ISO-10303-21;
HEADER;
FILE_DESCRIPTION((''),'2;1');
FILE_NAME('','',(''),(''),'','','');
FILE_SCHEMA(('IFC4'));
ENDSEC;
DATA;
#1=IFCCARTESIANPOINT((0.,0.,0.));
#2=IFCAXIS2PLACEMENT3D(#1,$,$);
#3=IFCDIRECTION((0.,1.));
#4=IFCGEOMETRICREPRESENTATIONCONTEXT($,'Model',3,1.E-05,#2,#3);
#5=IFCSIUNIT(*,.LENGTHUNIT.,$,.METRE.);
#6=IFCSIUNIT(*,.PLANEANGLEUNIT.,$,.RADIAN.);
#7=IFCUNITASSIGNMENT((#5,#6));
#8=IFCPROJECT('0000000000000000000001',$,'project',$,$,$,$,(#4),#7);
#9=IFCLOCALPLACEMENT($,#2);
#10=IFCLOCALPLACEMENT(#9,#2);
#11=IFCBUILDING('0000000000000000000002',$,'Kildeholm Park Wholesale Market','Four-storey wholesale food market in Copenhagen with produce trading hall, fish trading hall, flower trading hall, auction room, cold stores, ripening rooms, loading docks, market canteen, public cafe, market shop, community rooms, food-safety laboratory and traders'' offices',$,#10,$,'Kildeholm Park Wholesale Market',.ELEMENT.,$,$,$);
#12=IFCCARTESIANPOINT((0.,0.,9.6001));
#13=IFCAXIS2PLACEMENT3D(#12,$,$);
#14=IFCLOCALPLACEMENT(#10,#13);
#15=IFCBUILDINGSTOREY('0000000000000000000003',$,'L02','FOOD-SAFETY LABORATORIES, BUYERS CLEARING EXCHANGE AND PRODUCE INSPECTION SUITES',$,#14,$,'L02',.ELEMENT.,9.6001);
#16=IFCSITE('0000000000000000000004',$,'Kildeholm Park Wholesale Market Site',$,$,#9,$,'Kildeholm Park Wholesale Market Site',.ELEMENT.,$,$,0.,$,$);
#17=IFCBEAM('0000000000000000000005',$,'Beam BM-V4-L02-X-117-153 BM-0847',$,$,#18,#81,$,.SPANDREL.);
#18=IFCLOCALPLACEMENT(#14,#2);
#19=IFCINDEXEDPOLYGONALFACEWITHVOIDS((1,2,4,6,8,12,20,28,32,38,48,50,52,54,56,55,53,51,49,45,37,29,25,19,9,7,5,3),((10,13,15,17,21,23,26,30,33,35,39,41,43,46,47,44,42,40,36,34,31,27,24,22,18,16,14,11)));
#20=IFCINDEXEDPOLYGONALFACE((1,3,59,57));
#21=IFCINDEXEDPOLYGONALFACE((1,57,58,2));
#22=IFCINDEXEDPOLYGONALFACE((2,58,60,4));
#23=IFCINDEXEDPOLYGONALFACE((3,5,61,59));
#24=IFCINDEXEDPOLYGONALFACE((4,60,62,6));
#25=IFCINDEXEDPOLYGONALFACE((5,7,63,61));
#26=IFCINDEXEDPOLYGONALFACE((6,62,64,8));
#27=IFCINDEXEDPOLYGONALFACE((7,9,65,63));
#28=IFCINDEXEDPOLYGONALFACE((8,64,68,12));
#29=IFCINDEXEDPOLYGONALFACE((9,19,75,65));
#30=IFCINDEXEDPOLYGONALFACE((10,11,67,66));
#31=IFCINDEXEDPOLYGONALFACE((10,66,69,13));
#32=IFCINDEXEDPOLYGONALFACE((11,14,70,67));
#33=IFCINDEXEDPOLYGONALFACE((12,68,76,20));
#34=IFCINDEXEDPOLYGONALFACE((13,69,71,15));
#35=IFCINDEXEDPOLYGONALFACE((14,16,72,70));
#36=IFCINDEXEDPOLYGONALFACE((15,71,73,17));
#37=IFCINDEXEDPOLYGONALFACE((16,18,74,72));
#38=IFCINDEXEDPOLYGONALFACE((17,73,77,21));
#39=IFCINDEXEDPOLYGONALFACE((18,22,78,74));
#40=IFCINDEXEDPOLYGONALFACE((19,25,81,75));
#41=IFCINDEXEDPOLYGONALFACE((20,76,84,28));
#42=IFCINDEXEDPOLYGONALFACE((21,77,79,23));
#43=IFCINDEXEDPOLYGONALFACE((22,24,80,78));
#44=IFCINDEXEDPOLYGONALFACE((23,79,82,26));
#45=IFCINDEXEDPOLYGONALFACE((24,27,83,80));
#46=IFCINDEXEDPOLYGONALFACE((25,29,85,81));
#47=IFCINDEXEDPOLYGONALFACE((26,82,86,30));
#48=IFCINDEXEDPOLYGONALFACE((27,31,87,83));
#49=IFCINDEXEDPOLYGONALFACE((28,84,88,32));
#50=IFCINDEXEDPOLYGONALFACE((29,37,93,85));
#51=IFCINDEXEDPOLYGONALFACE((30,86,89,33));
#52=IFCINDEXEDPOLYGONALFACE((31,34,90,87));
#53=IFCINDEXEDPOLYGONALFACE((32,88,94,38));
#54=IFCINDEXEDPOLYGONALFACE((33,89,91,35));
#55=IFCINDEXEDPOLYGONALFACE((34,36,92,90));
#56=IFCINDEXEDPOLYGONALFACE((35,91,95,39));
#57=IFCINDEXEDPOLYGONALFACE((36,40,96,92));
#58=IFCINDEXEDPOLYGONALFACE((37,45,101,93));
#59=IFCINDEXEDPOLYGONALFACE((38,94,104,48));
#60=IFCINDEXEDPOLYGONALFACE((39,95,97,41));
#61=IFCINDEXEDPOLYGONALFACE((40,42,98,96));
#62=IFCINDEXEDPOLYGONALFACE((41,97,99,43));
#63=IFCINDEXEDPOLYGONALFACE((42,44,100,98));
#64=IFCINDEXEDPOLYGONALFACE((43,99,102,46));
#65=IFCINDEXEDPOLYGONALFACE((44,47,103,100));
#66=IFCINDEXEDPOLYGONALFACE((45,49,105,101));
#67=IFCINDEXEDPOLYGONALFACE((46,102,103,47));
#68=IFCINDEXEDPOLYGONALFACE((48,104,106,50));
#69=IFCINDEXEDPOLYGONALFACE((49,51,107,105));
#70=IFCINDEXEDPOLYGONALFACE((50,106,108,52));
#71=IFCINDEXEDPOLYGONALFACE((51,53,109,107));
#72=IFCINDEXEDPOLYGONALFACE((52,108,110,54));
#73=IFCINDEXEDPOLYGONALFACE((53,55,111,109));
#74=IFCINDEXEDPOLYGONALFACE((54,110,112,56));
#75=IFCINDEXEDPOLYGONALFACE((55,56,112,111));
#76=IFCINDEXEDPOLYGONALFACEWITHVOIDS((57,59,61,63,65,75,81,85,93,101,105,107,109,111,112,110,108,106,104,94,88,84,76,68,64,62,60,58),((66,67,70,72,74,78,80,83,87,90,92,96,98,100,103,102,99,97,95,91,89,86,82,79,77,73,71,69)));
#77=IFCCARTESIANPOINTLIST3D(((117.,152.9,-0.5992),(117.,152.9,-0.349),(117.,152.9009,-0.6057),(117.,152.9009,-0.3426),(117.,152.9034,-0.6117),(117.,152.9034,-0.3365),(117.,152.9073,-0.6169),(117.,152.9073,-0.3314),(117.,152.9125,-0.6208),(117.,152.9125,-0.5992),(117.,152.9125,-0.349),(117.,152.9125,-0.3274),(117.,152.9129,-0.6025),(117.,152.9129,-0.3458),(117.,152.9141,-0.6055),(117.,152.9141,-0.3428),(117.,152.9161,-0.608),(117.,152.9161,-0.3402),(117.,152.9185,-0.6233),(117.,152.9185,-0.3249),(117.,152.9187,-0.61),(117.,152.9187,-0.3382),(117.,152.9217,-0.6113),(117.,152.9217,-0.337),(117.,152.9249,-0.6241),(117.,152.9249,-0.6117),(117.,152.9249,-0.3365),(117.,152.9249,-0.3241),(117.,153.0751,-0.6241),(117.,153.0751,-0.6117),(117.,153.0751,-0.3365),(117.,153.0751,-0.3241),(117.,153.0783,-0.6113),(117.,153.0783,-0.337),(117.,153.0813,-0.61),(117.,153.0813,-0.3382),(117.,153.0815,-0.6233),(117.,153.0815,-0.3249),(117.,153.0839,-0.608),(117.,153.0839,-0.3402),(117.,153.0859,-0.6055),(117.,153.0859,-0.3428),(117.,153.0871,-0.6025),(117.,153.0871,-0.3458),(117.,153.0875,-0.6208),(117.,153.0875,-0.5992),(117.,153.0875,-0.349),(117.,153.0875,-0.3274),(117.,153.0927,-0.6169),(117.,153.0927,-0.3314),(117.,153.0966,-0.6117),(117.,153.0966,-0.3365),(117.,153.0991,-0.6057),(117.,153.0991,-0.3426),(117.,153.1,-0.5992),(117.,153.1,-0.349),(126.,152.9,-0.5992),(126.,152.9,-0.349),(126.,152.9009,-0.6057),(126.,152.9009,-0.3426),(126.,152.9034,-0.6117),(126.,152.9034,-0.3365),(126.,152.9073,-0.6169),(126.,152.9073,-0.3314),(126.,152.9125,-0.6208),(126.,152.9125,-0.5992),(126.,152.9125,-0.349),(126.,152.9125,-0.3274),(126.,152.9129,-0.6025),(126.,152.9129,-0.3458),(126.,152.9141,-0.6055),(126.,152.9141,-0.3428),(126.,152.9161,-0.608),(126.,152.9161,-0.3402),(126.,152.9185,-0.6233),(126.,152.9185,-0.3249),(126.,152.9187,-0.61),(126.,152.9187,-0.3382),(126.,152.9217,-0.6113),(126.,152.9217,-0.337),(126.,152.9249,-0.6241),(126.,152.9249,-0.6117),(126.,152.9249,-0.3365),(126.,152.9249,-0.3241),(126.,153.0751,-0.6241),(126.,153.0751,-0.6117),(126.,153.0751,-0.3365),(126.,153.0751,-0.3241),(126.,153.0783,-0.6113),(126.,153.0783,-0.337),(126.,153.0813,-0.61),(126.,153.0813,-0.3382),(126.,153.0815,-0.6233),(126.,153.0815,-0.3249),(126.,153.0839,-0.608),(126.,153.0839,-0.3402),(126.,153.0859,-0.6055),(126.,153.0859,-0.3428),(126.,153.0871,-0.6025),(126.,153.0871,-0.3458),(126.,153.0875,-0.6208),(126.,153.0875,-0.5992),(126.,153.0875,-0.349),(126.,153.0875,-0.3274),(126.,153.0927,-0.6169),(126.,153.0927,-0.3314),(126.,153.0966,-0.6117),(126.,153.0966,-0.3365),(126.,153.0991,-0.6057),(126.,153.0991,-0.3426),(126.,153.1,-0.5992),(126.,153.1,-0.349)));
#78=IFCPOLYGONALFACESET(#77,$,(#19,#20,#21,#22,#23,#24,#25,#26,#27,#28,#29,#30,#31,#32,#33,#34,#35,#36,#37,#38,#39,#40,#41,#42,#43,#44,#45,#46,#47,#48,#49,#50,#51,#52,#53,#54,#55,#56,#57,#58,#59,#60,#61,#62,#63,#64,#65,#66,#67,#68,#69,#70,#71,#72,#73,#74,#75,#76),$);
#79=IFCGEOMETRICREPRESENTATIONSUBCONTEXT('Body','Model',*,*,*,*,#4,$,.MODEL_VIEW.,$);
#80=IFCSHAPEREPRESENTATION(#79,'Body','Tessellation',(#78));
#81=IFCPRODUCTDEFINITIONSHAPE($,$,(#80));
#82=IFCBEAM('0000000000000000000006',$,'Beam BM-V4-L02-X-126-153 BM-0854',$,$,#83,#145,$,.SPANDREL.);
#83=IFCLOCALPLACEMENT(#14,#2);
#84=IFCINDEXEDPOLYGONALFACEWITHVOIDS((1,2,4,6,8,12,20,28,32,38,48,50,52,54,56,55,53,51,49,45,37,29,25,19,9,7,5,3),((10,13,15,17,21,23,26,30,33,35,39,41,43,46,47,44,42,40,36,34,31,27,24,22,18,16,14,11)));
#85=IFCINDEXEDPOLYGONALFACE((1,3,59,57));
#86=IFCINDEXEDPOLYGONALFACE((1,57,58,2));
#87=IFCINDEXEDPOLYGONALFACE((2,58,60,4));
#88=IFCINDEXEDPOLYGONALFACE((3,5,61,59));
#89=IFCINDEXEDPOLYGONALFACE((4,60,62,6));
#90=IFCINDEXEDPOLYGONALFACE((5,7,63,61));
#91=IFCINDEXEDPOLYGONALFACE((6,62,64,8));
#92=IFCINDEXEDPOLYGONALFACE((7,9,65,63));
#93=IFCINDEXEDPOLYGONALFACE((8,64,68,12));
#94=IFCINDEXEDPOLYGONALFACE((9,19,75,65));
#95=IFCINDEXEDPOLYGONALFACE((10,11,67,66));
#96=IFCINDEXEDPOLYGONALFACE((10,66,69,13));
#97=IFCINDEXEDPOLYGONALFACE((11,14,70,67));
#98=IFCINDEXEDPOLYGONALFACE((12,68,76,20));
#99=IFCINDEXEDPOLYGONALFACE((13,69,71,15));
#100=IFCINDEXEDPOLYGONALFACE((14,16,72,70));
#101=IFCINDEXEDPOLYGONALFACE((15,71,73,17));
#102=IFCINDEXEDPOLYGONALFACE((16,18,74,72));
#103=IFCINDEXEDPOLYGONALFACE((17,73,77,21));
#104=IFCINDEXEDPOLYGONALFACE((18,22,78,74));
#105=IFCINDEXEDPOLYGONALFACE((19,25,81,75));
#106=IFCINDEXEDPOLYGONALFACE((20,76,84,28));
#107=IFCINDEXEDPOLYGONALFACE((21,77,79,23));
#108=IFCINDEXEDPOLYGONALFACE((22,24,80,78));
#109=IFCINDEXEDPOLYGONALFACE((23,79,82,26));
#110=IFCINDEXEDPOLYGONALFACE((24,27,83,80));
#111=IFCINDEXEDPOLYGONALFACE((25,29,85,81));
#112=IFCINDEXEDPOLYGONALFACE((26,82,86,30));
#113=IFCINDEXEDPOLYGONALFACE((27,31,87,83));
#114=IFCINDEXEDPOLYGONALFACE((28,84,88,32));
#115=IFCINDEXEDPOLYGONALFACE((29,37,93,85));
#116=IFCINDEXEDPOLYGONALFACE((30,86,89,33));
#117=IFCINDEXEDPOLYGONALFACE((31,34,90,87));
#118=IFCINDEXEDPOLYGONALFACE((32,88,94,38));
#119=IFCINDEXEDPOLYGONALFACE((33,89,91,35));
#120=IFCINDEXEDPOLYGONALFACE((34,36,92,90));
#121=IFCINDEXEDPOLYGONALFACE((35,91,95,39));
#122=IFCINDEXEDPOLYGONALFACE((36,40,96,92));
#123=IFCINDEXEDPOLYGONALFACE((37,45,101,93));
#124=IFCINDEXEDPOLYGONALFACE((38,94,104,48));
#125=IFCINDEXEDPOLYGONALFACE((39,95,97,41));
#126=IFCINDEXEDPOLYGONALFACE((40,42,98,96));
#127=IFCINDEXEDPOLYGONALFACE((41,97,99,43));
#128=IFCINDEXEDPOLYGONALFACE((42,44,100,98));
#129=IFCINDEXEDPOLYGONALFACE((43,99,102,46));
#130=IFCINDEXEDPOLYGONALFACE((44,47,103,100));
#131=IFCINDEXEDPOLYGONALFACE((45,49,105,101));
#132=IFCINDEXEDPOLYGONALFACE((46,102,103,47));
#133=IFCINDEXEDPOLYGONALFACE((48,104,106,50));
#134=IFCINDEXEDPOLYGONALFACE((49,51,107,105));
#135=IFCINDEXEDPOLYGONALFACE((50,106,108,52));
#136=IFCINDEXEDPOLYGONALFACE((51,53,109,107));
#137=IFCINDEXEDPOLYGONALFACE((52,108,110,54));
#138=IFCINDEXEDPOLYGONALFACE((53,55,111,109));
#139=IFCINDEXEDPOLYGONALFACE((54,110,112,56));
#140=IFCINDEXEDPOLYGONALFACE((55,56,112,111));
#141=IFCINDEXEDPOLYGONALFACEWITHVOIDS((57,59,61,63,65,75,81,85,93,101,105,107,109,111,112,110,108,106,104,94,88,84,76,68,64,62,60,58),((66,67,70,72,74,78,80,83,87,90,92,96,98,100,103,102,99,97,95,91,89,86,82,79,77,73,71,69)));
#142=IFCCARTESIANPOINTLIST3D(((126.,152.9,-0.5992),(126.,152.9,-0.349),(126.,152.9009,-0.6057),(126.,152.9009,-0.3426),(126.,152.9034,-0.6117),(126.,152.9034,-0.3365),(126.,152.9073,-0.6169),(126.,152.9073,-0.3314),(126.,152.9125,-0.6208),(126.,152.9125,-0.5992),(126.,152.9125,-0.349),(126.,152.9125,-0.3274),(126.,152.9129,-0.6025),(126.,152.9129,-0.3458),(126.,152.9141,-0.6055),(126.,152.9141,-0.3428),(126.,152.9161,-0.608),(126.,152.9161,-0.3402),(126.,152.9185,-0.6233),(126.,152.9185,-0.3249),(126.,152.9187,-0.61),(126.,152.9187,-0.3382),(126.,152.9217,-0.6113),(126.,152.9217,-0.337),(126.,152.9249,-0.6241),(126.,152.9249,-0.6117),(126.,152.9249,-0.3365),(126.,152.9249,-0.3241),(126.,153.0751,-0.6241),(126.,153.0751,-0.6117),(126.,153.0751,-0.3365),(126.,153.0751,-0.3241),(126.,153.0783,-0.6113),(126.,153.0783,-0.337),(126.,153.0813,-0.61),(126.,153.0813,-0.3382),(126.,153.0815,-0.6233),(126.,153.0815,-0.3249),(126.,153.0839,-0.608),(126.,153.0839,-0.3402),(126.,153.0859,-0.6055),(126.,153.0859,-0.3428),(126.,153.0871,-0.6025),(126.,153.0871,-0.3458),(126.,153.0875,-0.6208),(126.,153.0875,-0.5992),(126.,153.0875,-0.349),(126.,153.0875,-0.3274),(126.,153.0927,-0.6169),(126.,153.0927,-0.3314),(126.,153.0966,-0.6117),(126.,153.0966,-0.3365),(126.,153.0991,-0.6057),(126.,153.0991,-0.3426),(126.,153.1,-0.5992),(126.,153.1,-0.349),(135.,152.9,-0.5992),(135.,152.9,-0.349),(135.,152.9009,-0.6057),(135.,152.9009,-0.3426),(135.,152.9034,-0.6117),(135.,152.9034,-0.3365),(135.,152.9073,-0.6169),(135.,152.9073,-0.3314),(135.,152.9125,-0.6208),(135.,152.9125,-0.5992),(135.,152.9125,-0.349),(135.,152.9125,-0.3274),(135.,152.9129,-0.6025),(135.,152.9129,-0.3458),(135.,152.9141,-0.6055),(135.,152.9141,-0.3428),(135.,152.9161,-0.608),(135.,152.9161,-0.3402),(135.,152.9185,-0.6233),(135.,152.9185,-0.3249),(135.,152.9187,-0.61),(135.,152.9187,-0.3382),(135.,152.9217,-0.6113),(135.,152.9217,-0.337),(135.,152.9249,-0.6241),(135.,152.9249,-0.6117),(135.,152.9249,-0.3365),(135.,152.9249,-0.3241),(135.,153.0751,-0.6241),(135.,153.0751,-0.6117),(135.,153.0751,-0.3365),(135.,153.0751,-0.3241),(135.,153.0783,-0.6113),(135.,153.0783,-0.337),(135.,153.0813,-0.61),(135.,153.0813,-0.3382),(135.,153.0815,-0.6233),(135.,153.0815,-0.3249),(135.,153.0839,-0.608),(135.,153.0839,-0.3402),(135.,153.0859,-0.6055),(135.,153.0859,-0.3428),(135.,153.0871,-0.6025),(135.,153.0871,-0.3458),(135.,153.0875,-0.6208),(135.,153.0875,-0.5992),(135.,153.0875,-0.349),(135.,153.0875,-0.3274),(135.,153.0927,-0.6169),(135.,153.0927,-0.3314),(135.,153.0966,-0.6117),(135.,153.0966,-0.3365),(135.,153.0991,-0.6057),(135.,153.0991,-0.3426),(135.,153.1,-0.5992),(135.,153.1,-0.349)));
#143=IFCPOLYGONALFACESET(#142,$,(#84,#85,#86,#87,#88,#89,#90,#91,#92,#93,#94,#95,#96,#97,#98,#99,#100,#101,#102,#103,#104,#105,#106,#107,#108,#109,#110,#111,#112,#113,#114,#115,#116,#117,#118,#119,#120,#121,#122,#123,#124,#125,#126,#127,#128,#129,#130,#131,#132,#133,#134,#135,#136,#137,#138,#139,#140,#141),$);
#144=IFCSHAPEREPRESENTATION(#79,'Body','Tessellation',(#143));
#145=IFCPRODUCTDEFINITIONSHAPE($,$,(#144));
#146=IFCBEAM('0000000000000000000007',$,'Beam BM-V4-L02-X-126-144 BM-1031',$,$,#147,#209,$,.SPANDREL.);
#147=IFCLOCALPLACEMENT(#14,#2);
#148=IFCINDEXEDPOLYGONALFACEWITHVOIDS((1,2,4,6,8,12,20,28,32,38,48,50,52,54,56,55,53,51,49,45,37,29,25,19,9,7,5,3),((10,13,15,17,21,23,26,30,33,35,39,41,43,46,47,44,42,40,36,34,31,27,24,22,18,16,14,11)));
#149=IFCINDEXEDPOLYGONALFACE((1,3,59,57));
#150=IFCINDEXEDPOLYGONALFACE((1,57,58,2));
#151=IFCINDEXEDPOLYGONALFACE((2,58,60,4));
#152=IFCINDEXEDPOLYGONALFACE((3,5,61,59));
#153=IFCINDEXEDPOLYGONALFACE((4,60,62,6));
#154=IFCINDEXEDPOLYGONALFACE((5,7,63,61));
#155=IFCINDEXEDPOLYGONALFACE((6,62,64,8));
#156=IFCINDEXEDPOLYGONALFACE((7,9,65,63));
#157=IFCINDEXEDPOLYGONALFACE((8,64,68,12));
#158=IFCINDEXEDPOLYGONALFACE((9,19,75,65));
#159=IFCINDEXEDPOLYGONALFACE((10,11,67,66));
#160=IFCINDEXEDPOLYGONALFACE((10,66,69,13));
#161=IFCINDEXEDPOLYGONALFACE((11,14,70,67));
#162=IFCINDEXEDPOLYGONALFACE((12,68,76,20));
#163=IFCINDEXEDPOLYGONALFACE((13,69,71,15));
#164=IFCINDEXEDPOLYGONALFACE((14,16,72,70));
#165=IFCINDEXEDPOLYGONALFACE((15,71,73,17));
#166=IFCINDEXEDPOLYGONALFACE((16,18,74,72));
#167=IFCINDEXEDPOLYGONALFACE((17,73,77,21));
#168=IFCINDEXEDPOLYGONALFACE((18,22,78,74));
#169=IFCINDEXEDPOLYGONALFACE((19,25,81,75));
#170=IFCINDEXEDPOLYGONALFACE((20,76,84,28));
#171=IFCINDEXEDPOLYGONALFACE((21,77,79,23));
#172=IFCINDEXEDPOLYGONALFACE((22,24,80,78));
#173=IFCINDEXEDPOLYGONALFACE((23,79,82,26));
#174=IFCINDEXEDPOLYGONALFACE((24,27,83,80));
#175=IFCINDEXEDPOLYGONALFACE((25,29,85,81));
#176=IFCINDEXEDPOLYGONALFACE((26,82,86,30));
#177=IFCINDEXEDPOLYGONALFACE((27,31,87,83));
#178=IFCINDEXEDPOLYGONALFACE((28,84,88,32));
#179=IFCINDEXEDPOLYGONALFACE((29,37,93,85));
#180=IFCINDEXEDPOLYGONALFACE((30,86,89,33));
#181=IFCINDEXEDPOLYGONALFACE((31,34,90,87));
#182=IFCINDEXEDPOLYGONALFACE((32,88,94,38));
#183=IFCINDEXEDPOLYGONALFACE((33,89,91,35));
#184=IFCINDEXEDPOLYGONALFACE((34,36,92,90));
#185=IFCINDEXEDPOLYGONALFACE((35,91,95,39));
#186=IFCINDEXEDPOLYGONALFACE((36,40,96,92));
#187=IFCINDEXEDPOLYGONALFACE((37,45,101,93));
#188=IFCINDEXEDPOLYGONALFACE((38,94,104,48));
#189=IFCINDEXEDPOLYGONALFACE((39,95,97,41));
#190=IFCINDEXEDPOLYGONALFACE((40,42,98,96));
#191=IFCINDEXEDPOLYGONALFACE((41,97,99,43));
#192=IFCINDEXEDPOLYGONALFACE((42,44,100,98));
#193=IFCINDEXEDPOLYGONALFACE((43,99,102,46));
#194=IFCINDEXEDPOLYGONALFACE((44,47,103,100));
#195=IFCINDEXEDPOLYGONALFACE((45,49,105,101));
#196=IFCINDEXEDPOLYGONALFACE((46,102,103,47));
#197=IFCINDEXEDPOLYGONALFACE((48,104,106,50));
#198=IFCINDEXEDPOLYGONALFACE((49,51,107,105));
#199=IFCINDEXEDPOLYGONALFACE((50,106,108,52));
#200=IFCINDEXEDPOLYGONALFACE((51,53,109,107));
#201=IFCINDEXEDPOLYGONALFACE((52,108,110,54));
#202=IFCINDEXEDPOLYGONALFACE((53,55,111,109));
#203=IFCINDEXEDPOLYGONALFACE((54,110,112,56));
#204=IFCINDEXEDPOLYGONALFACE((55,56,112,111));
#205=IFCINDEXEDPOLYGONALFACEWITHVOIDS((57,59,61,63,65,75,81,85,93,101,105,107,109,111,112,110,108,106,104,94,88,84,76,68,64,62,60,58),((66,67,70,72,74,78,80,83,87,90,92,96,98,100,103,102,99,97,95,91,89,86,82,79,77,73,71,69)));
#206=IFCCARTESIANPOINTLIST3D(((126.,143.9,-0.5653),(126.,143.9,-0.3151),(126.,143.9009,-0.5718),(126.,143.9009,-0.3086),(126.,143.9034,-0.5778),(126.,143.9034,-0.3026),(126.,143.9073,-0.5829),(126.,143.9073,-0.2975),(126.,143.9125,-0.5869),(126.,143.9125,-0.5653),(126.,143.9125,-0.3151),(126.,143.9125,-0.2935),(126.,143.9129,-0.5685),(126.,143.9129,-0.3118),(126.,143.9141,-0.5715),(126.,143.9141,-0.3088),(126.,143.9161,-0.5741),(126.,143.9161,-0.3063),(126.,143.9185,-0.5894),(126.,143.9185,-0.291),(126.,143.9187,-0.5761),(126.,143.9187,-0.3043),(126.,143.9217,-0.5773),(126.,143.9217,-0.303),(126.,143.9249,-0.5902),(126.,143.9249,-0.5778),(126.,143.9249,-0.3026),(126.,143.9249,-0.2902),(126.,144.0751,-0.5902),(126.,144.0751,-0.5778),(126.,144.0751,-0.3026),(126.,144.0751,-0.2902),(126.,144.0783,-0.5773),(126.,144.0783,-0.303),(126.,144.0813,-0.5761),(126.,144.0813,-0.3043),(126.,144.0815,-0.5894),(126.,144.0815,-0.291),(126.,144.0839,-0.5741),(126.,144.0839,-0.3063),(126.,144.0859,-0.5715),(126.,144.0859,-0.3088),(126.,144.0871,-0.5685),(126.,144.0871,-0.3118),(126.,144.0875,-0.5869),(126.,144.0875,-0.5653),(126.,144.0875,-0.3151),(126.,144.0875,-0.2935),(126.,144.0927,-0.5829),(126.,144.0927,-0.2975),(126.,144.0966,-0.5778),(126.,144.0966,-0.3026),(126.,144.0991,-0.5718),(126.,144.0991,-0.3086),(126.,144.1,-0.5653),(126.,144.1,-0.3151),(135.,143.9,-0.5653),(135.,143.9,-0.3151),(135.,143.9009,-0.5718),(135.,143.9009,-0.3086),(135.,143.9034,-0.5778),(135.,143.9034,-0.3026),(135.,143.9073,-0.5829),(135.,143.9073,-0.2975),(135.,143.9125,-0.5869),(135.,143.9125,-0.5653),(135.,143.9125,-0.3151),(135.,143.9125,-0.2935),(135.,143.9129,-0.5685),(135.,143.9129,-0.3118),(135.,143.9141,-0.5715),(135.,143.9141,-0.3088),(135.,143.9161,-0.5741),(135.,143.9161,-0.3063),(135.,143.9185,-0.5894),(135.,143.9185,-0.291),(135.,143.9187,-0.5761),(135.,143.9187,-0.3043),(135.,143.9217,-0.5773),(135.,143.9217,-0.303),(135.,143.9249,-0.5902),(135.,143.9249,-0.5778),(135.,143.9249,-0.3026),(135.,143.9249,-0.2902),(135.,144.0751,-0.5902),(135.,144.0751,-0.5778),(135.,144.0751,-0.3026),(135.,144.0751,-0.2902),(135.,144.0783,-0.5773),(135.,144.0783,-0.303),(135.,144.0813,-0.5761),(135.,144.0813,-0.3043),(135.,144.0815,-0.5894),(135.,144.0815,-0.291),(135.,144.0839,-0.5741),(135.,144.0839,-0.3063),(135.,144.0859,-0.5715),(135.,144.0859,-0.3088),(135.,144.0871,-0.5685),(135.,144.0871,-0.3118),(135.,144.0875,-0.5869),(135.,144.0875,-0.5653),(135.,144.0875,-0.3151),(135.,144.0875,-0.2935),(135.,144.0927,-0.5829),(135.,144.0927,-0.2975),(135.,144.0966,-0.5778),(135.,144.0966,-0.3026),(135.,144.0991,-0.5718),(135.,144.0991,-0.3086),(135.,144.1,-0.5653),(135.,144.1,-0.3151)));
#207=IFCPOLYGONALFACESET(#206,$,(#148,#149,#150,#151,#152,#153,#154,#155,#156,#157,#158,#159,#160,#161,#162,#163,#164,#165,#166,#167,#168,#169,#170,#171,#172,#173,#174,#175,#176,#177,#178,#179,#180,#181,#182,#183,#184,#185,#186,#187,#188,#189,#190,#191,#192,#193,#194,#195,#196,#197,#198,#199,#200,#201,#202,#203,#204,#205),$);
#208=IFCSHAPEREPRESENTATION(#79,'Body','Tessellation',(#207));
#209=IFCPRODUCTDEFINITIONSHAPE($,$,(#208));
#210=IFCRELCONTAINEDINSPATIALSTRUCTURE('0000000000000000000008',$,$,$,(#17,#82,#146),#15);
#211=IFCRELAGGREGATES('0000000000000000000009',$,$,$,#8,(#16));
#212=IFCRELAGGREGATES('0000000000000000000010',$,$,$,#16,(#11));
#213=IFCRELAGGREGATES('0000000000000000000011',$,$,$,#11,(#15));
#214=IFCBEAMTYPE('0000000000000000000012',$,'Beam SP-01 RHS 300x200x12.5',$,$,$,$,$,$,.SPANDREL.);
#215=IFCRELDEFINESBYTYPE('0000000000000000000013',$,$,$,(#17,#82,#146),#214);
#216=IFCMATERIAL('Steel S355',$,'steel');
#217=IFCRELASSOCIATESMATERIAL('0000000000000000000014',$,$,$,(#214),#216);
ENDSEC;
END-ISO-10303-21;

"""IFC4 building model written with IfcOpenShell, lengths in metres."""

from ifc_helpers import new_model, si_unit, direction, frame, origin, origin_2d, place, context, subcontext, project, spatial, hollow_rectangle, extrude, material, material_profile, profile_set, type_object, element, save


model = new_model("IFC4")

# Units and contexts
model_context = context("Model", 3, precision=1e-05, world=origin(), true_north=direction((0.0, 1.0)))
body_context = subcontext(model_context, "Body", "Model", "MODEL_VIEW")
ifc_project = project(units=[si_unit("LENGTHUNIT", "METRE"), si_unit("PLANEANGLEUNIT", "RADIAN")], contexts=[model_context])

# Site, building, storey
site_placement = place(None, origin())
site = spatial("IfcSite", under=ifc_project, at=site_placement, Name="Kildeholm Park Wholesale Market Site", LongName="Kildeholm Park Wholesale Market Site", CompositionType="ELEMENT", RefElevation=0.0)
building_placement = place(site_placement, origin())
building = spatial("IfcBuilding", under=site, at=building_placement, Name="Kildeholm Park Wholesale Market", Description="Four-storey wholesale food market in Copenhagen with produce trading hall, fish trading hall, flower trading hall, auction room, cold stores, ripening rooms, loading docks, market canteen, public cafe, market shop, community rooms, food-safety laboratory and traders' offices", LongName="Kildeholm Park Wholesale Market", CompositionType="ELEMENT")
storey_placement = place(building_placement, frame((0.0, 0.0, 9.6001)))
storey = spatial("IfcBuildingStorey", under=building, at=storey_placement, Name="L02", Description="FOOD-SAFETY LABORATORIES, BUYERS CLEARING EXCHANGE AND PRODUCE INSPECTION SUITES", LongName="L02", CompositionType="ELEMENT", Elevation=9.6001)

# Beams
ifc_material_1 = material(Name="Steel S355", Category="steel")
ifc_material_profile_1 = material_profile(ifc_material_1, hollow_rectangle(XDim=0.2, YDim=0.3, WallThickness=0.0125, InnerFilletRadius=0.0125, OuterFilletRadius=0.0249, at=origin_2d()), Name="RHS 300x200x12.5")
ifc_profile_set_1 = profile_set([ifc_material_profile_1], Name="Steel S355")
beam_type_1 = type_object("IfcBeamType", Name="Beam SP-01 RHS 300x200x12.5", PredefinedType="SPANDREL", material=ifc_profile_set_1)
for number, where, z_axis, x_axis, name in (
    (1, (117.0, 153.0, -0.4741), (1.0, 0.0, 0.0), (0.0, 1.0, 0.0), "Beam BM-V4-L02-X-117-153 BM-0847"),
    (2, (126.0, 153.0, -0.4741), (1.0, 0.0, 0.0), (0.0, 1.0, 0.0), "Beam BM-V4-L02-X-126-153 BM-0854"),
    (3, (126.0, 144.0, -0.4402), (1.0, 0.0, 0.0), (0.0, 1.0, 0.0), "Beam BM-V4-L02-X-126-144 BM-1031"),
):
    element("IfcBeam", number, at=place(storey_placement, frame(where, z_axis=z_axis, x_axis=x_axis)), inside=storey, type_object=beam_type_1, Name=name, PredefinedType="SPANDREL", context=body_context, shape_type="SweptSolid", body=[
        extrude(hollow_rectangle(XDim=0.2, YDim=0.3, WallThickness=0.0125, InnerFilletRadius=0.0125, OuterFilletRadius=0.0249, at=origin_2d()), origin(), (0.0, 0.0, 1.0), 9.0),
    ])

save(model, "model.ifc")
